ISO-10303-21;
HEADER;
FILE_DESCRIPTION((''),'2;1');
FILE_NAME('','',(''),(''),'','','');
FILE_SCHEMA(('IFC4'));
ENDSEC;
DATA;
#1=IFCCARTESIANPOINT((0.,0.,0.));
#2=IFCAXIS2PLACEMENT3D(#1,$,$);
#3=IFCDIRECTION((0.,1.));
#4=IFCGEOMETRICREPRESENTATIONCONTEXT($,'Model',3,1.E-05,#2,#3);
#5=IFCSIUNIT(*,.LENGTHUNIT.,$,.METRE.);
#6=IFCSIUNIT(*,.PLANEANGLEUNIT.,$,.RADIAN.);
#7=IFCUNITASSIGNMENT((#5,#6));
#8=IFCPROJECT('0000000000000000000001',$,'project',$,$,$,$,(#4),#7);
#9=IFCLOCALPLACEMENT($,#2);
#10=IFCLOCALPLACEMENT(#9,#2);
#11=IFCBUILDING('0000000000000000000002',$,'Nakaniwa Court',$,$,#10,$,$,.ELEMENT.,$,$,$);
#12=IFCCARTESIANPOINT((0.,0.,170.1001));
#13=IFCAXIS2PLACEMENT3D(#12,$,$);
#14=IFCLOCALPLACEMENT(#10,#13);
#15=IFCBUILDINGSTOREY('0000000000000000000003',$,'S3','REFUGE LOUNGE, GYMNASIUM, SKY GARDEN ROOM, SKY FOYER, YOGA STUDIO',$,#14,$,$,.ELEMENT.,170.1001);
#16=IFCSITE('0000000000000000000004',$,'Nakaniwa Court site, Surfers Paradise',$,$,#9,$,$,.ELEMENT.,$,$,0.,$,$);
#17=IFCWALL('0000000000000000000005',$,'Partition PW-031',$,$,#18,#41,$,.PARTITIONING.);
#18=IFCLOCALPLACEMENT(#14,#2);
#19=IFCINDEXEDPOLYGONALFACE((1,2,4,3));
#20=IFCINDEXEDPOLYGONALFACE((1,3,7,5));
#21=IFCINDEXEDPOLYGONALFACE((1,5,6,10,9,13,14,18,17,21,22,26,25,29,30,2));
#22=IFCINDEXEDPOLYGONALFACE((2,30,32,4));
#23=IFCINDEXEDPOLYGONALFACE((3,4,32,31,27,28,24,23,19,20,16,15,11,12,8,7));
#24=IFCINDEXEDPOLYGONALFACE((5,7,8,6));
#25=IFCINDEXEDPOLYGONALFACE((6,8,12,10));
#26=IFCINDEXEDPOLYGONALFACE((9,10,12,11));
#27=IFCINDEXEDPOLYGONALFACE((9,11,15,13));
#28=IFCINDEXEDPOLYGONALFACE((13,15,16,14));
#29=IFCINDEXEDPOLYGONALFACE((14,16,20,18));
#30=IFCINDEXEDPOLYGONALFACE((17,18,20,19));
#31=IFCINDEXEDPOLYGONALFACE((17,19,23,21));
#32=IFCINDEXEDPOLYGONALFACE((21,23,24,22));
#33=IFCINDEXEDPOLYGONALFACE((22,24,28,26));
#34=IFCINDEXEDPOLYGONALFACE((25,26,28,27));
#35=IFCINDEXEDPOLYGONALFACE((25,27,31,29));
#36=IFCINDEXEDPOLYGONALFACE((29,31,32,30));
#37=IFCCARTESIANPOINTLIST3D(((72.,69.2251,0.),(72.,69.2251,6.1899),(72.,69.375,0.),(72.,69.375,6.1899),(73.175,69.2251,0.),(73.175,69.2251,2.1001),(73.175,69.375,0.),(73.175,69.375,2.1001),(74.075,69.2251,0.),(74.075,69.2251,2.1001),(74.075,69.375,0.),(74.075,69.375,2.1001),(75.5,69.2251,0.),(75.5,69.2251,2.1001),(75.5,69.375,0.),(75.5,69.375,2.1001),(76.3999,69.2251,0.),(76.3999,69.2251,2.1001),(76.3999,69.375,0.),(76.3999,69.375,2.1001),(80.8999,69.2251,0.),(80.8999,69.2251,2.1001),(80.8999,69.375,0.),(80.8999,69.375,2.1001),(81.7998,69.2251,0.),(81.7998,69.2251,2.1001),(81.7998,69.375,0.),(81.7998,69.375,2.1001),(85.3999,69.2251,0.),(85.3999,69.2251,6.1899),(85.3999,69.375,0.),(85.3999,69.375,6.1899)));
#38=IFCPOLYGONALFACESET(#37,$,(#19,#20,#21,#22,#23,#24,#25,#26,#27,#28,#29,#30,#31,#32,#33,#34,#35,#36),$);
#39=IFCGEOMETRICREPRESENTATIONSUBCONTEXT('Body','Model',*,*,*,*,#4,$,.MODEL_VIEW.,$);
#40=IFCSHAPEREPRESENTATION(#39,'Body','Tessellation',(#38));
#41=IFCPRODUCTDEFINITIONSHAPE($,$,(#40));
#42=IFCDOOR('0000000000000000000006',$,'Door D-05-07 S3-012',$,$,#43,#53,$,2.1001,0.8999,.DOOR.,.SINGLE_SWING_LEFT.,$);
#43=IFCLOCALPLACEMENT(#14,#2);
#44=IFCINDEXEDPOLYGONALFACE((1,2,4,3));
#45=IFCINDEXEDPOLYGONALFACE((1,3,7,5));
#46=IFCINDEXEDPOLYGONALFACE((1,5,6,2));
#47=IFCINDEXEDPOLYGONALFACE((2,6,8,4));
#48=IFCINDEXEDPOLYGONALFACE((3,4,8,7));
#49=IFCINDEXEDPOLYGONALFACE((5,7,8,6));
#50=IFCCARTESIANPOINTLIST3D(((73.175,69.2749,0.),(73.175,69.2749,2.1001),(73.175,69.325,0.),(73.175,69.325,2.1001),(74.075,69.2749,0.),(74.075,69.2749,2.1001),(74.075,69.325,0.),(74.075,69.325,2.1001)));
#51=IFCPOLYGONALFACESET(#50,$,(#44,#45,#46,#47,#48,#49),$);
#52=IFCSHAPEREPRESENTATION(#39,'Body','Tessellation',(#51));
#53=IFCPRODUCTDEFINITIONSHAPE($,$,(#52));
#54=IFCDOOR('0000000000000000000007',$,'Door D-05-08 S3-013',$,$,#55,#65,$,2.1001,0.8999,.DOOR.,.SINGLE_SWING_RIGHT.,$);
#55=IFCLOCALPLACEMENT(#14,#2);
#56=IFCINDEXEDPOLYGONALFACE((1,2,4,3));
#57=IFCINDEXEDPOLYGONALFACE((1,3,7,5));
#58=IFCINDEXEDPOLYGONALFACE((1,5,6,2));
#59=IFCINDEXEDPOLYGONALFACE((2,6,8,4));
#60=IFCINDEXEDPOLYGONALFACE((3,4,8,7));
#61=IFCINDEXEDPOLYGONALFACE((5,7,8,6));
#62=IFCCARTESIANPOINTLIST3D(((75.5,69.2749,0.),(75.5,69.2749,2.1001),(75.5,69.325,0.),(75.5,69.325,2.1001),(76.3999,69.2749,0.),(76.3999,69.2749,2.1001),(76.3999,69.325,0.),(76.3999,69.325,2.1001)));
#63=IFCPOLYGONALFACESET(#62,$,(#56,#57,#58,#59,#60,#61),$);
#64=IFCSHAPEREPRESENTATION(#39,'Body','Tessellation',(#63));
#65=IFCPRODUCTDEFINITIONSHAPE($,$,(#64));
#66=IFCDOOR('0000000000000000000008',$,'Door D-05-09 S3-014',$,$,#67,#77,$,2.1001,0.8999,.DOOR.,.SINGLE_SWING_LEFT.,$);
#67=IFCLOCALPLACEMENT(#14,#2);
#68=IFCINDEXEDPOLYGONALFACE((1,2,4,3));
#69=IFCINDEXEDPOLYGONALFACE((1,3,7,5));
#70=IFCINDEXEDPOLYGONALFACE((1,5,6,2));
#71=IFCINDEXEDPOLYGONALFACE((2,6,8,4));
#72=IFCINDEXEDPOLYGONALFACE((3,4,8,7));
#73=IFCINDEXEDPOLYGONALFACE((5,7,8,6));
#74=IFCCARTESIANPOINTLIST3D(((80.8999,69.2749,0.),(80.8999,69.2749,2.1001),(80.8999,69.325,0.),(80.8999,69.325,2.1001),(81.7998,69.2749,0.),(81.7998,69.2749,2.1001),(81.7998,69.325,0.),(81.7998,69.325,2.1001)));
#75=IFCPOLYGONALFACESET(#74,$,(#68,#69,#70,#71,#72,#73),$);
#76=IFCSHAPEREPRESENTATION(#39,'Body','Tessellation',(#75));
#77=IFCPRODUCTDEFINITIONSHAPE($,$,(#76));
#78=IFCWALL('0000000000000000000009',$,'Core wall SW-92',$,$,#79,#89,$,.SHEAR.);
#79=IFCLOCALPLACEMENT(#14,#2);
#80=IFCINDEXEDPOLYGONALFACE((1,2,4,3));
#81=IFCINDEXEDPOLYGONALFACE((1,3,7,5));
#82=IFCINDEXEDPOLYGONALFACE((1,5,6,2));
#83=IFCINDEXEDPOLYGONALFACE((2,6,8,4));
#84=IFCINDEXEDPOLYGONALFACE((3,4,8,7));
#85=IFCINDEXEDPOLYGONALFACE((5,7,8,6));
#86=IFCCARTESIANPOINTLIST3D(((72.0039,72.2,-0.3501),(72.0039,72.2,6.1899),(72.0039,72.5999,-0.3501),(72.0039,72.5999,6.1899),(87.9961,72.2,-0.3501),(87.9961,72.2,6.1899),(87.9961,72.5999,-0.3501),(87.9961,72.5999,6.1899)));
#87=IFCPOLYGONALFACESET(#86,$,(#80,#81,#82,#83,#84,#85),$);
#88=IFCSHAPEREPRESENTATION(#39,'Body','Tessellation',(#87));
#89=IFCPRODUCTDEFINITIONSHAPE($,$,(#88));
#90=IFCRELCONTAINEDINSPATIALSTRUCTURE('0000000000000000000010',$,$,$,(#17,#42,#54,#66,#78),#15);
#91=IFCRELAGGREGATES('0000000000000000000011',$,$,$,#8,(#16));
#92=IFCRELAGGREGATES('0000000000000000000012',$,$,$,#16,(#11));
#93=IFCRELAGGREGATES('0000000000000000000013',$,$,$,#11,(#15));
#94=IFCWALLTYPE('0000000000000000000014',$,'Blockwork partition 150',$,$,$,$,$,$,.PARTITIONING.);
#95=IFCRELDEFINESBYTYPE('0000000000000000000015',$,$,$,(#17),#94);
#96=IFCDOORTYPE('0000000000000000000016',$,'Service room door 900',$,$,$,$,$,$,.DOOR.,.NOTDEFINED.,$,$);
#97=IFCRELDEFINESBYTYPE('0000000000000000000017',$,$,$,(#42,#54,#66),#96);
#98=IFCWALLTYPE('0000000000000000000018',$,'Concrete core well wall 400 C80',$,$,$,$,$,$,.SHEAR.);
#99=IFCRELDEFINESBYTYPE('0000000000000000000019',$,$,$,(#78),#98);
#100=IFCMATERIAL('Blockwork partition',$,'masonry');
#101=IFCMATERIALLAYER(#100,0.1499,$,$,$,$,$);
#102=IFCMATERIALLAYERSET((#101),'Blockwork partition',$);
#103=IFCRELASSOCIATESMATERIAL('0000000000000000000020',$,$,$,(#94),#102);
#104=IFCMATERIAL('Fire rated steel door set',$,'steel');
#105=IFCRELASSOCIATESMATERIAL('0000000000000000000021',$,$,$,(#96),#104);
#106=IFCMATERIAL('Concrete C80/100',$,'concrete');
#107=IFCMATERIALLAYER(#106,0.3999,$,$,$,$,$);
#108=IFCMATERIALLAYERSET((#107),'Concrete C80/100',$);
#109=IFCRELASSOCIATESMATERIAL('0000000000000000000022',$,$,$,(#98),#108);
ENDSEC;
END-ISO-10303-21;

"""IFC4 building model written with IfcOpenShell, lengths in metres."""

from ifc_helpers import new_model, si_unit, direction, frame, frame_2d, origin, place, context, subcontext, project, spatial, rectangle, extrude, material, layer, layer_set, type_object, element, fill, save


model = new_model("IFC4")

# Units and contexts
model_context = context("Model", 3, precision=1e-05, world=origin(), true_north=direction((0.0, 1.0)))
body_context = subcontext(model_context, "Body", "Model", "MODEL_VIEW")
ifc_project = project(units=[si_unit("LENGTHUNIT", "METRE"), si_unit("PLANEANGLEUNIT", "RADIAN")], contexts=[model_context])

# Site, building, storey
site_placement = place(None, origin())
site = spatial("IfcSite", under=ifc_project, at=site_placement, Name="Nakaniwa Court site, Surfers Paradise", CompositionType="ELEMENT", RefElevation=0.0)
building_placement = place(site_placement, origin())
building = spatial("IfcBuilding", under=site, at=building_placement, Name="Nakaniwa Court", CompositionType="ELEMENT")
storey_placement = place(building_placement, frame((0.0, 0.0, 170.1001)))
storey = spatial("IfcBuildingStorey", under=building, at=storey_placement, Name="S3", Description="REFUGE LOUNGE, GYMNASIUM, SKY GARDEN ROOM, SKY FOYER, YOGA STUDIO", CompositionType="ELEMENT", Elevation=170.1001)

# Shared definitions
ifc_material_1 = material(Name="Concrete C80/100", Category="concrete")

# Wall, openings, doors
ifc_material_2 = material(Name="Blockwork partition", Category="masonry")
ifc_layer_1 = layer(ifc_material_2, 0.1499)
ifc_layer_set_1 = layer_set([ifc_layer_1], Name="Blockwork partition")
wall_type_1 = type_object("IfcWallType", Name="Blockwork partition 150", PredefinedType="PARTITIONING", material=ifc_layer_set_1)
wall_1_placement = place(storey_placement, frame((72.0, 69.3, 0.0), z_axis=(0.0, 0.0, 1.0), x_axis=(1.0, 0.0, 0.0)))
wall_1 = element("IfcWall", 1, at=wall_1_placement, inside=storey, type_object=wall_type_1, Name="Partition PW-031", PredefinedType="PARTITIONING", context=body_context, shape_type="SweptSolid", body=[
    extrude(rectangle(XDim=13.3999, YDim=0.1499, at=frame_2d((6.7, 0.0))), origin(), (0.0, 0.0, 1.0), 6.1899),
])
opening_1_placement = place(wall_1_placement, frame((1.175, 0.0, 0.0)))
opening_1 = element("IfcOpeningElement", 2, at=opening_1_placement, cuts=wall_1, PredefinedType="OPENING", context=body_context, shape_type="SweptSolid", body=[
    extrude(rectangle(XDim=0.8999, YDim=2.1001, at=frame_2d((0.45, 1.05))), frame((0.0, 0.085, 0.0), z_axis=(0.0, -1.0, 0.0), x_axis=(1.0, 0.0, 0.0)), (0.0, 0.0, 1.0), 0.1699),
])
opening_2_placement = place(wall_1_placement, frame((3.5, 0.0, 0.0)))
opening_2 = element("IfcOpeningElement", 3, at=opening_2_placement, cuts=wall_1, PredefinedType="OPENING", context=body_context, shape_type="SweptSolid", body=[
    extrude(rectangle(XDim=0.8999, YDim=2.1001, at=frame_2d((0.45, 1.05))), frame((0.0, 0.085, 0.0), z_axis=(0.0, -1.0, 0.0), x_axis=(1.0, 0.0, 0.0)), (0.0, 0.0, 1.0), 0.1699),
])
opening_3_placement = place(wall_1_placement, frame((8.8999, 0.0, 0.0)))
opening_3 = element("IfcOpeningElement", 4, at=opening_3_placement, cuts=wall_1, PredefinedType="OPENING", context=body_context, shape_type="SweptSolid", body=[
    extrude(rectangle(XDim=0.8999, YDim=2.1001, at=frame_2d((0.45, 1.05))), frame((0.0, 0.085, 0.0), z_axis=(0.0, -1.0, 0.0), x_axis=(1.0, 0.0, 0.0)), (0.0, 0.0, 1.0), 0.1699),
])
ifc_material_3 = material(Name="Fire rated steel door set", Category="steel")
door_type_1 = type_object("IfcDoorType", Name="Service room door 900", OperationType="NOTDEFINED", PredefinedType="DOOR", material=ifc_material_3)
door_1_placement = place(opening_1_placement, origin())
door_1 = element("IfcDoor", 5, at=door_1_placement, inside=storey, type_object=door_type_1, Name="Door D-05-07 S3-012", OperationType="SINGLE_SWING_LEFT", OverallHeight=2.1001, OverallWidth=0.8999, PredefinedType="DOOR", context=body_context, shape_type="SweptSolid", body=[
    extrude(rectangle(XDim=0.8999, YDim=2.1001, at=frame_2d((0.45, 1.05))), frame((0.0, 0.0249, 0.0), z_axis=(0.0, -1.0, 0.0), x_axis=(1.0, 0.0, 0.0)), (0.0, 0.0, 1.0), 0.05),
])
fill(opening_1, door_1)
door_2_placement = place(opening_2_placement, origin())
door_2 = element("IfcDoor", 6, at=door_2_placement, inside=storey, type_object=door_type_1, Name="Door D-05-08 S3-013", OperationType="SINGLE_SWING_RIGHT", OverallHeight=2.1001, OverallWidth=0.8999, PredefinedType="DOOR", context=body_context, shape_type="SweptSolid", body=[
    extrude(rectangle(XDim=0.8999, YDim=2.1001, at=frame_2d((0.45, 1.05))), frame((0.0, 0.0249, 0.0), z_axis=(0.0, -1.0, 0.0), x_axis=(1.0, 0.0, 0.0)), (0.0, 0.0, 1.0), 0.05),
])
fill(opening_2, door_2)
door_3_placement = place(opening_3_placement, origin())
door_3 = element("IfcDoor", 7, at=door_3_placement, inside=storey, type_object=door_type_1, Name="Door D-05-09 S3-014", OperationType="SINGLE_SWING_LEFT", OverallHeight=2.1001, OverallWidth=0.8999, PredefinedType="DOOR", context=body_context, shape_type="SweptSolid", body=[
    extrude(rectangle(XDim=0.8999, YDim=2.1001, at=frame_2d((0.45, 1.05))), frame((0.0, 0.0249, 0.0), z_axis=(0.0, -1.0, 0.0), x_axis=(1.0, 0.0, 0.0)), (0.0, 0.0, 1.0), 0.05),
])
fill(opening_3, door_3)

# Wall
ifc_layer_2 = layer(ifc_material_1, 0.3999)
ifc_layer_set_2 = layer_set([ifc_layer_2], Name="Concrete C80/100")
wall_type_2 = type_object("IfcWallType", Name="Concrete core well wall 400 C80", PredefinedType="SHEAR", material=ifc_layer_set_2)
wall_2_placement = place(storey_placement, frame((72.0039, 72.3999, -0.3501), z_axis=(0.0, 0.0, 1.0), x_axis=(1.0, 0.0, 0.0)))
element("IfcWall", 8, at=wall_2_placement, inside=storey, type_object=wall_type_2, Name="Core wall SW-92", PredefinedType="SHEAR", context=body_context, shape_type="SweptSolid", body=[
    extrude(rectangle(XDim=15.9922, YDim=0.3999, at=frame_2d((7.9961, 0.0))), origin(), (0.0, 0.0, 1.0), 6.54),
])

save(model, "model.ifc")
